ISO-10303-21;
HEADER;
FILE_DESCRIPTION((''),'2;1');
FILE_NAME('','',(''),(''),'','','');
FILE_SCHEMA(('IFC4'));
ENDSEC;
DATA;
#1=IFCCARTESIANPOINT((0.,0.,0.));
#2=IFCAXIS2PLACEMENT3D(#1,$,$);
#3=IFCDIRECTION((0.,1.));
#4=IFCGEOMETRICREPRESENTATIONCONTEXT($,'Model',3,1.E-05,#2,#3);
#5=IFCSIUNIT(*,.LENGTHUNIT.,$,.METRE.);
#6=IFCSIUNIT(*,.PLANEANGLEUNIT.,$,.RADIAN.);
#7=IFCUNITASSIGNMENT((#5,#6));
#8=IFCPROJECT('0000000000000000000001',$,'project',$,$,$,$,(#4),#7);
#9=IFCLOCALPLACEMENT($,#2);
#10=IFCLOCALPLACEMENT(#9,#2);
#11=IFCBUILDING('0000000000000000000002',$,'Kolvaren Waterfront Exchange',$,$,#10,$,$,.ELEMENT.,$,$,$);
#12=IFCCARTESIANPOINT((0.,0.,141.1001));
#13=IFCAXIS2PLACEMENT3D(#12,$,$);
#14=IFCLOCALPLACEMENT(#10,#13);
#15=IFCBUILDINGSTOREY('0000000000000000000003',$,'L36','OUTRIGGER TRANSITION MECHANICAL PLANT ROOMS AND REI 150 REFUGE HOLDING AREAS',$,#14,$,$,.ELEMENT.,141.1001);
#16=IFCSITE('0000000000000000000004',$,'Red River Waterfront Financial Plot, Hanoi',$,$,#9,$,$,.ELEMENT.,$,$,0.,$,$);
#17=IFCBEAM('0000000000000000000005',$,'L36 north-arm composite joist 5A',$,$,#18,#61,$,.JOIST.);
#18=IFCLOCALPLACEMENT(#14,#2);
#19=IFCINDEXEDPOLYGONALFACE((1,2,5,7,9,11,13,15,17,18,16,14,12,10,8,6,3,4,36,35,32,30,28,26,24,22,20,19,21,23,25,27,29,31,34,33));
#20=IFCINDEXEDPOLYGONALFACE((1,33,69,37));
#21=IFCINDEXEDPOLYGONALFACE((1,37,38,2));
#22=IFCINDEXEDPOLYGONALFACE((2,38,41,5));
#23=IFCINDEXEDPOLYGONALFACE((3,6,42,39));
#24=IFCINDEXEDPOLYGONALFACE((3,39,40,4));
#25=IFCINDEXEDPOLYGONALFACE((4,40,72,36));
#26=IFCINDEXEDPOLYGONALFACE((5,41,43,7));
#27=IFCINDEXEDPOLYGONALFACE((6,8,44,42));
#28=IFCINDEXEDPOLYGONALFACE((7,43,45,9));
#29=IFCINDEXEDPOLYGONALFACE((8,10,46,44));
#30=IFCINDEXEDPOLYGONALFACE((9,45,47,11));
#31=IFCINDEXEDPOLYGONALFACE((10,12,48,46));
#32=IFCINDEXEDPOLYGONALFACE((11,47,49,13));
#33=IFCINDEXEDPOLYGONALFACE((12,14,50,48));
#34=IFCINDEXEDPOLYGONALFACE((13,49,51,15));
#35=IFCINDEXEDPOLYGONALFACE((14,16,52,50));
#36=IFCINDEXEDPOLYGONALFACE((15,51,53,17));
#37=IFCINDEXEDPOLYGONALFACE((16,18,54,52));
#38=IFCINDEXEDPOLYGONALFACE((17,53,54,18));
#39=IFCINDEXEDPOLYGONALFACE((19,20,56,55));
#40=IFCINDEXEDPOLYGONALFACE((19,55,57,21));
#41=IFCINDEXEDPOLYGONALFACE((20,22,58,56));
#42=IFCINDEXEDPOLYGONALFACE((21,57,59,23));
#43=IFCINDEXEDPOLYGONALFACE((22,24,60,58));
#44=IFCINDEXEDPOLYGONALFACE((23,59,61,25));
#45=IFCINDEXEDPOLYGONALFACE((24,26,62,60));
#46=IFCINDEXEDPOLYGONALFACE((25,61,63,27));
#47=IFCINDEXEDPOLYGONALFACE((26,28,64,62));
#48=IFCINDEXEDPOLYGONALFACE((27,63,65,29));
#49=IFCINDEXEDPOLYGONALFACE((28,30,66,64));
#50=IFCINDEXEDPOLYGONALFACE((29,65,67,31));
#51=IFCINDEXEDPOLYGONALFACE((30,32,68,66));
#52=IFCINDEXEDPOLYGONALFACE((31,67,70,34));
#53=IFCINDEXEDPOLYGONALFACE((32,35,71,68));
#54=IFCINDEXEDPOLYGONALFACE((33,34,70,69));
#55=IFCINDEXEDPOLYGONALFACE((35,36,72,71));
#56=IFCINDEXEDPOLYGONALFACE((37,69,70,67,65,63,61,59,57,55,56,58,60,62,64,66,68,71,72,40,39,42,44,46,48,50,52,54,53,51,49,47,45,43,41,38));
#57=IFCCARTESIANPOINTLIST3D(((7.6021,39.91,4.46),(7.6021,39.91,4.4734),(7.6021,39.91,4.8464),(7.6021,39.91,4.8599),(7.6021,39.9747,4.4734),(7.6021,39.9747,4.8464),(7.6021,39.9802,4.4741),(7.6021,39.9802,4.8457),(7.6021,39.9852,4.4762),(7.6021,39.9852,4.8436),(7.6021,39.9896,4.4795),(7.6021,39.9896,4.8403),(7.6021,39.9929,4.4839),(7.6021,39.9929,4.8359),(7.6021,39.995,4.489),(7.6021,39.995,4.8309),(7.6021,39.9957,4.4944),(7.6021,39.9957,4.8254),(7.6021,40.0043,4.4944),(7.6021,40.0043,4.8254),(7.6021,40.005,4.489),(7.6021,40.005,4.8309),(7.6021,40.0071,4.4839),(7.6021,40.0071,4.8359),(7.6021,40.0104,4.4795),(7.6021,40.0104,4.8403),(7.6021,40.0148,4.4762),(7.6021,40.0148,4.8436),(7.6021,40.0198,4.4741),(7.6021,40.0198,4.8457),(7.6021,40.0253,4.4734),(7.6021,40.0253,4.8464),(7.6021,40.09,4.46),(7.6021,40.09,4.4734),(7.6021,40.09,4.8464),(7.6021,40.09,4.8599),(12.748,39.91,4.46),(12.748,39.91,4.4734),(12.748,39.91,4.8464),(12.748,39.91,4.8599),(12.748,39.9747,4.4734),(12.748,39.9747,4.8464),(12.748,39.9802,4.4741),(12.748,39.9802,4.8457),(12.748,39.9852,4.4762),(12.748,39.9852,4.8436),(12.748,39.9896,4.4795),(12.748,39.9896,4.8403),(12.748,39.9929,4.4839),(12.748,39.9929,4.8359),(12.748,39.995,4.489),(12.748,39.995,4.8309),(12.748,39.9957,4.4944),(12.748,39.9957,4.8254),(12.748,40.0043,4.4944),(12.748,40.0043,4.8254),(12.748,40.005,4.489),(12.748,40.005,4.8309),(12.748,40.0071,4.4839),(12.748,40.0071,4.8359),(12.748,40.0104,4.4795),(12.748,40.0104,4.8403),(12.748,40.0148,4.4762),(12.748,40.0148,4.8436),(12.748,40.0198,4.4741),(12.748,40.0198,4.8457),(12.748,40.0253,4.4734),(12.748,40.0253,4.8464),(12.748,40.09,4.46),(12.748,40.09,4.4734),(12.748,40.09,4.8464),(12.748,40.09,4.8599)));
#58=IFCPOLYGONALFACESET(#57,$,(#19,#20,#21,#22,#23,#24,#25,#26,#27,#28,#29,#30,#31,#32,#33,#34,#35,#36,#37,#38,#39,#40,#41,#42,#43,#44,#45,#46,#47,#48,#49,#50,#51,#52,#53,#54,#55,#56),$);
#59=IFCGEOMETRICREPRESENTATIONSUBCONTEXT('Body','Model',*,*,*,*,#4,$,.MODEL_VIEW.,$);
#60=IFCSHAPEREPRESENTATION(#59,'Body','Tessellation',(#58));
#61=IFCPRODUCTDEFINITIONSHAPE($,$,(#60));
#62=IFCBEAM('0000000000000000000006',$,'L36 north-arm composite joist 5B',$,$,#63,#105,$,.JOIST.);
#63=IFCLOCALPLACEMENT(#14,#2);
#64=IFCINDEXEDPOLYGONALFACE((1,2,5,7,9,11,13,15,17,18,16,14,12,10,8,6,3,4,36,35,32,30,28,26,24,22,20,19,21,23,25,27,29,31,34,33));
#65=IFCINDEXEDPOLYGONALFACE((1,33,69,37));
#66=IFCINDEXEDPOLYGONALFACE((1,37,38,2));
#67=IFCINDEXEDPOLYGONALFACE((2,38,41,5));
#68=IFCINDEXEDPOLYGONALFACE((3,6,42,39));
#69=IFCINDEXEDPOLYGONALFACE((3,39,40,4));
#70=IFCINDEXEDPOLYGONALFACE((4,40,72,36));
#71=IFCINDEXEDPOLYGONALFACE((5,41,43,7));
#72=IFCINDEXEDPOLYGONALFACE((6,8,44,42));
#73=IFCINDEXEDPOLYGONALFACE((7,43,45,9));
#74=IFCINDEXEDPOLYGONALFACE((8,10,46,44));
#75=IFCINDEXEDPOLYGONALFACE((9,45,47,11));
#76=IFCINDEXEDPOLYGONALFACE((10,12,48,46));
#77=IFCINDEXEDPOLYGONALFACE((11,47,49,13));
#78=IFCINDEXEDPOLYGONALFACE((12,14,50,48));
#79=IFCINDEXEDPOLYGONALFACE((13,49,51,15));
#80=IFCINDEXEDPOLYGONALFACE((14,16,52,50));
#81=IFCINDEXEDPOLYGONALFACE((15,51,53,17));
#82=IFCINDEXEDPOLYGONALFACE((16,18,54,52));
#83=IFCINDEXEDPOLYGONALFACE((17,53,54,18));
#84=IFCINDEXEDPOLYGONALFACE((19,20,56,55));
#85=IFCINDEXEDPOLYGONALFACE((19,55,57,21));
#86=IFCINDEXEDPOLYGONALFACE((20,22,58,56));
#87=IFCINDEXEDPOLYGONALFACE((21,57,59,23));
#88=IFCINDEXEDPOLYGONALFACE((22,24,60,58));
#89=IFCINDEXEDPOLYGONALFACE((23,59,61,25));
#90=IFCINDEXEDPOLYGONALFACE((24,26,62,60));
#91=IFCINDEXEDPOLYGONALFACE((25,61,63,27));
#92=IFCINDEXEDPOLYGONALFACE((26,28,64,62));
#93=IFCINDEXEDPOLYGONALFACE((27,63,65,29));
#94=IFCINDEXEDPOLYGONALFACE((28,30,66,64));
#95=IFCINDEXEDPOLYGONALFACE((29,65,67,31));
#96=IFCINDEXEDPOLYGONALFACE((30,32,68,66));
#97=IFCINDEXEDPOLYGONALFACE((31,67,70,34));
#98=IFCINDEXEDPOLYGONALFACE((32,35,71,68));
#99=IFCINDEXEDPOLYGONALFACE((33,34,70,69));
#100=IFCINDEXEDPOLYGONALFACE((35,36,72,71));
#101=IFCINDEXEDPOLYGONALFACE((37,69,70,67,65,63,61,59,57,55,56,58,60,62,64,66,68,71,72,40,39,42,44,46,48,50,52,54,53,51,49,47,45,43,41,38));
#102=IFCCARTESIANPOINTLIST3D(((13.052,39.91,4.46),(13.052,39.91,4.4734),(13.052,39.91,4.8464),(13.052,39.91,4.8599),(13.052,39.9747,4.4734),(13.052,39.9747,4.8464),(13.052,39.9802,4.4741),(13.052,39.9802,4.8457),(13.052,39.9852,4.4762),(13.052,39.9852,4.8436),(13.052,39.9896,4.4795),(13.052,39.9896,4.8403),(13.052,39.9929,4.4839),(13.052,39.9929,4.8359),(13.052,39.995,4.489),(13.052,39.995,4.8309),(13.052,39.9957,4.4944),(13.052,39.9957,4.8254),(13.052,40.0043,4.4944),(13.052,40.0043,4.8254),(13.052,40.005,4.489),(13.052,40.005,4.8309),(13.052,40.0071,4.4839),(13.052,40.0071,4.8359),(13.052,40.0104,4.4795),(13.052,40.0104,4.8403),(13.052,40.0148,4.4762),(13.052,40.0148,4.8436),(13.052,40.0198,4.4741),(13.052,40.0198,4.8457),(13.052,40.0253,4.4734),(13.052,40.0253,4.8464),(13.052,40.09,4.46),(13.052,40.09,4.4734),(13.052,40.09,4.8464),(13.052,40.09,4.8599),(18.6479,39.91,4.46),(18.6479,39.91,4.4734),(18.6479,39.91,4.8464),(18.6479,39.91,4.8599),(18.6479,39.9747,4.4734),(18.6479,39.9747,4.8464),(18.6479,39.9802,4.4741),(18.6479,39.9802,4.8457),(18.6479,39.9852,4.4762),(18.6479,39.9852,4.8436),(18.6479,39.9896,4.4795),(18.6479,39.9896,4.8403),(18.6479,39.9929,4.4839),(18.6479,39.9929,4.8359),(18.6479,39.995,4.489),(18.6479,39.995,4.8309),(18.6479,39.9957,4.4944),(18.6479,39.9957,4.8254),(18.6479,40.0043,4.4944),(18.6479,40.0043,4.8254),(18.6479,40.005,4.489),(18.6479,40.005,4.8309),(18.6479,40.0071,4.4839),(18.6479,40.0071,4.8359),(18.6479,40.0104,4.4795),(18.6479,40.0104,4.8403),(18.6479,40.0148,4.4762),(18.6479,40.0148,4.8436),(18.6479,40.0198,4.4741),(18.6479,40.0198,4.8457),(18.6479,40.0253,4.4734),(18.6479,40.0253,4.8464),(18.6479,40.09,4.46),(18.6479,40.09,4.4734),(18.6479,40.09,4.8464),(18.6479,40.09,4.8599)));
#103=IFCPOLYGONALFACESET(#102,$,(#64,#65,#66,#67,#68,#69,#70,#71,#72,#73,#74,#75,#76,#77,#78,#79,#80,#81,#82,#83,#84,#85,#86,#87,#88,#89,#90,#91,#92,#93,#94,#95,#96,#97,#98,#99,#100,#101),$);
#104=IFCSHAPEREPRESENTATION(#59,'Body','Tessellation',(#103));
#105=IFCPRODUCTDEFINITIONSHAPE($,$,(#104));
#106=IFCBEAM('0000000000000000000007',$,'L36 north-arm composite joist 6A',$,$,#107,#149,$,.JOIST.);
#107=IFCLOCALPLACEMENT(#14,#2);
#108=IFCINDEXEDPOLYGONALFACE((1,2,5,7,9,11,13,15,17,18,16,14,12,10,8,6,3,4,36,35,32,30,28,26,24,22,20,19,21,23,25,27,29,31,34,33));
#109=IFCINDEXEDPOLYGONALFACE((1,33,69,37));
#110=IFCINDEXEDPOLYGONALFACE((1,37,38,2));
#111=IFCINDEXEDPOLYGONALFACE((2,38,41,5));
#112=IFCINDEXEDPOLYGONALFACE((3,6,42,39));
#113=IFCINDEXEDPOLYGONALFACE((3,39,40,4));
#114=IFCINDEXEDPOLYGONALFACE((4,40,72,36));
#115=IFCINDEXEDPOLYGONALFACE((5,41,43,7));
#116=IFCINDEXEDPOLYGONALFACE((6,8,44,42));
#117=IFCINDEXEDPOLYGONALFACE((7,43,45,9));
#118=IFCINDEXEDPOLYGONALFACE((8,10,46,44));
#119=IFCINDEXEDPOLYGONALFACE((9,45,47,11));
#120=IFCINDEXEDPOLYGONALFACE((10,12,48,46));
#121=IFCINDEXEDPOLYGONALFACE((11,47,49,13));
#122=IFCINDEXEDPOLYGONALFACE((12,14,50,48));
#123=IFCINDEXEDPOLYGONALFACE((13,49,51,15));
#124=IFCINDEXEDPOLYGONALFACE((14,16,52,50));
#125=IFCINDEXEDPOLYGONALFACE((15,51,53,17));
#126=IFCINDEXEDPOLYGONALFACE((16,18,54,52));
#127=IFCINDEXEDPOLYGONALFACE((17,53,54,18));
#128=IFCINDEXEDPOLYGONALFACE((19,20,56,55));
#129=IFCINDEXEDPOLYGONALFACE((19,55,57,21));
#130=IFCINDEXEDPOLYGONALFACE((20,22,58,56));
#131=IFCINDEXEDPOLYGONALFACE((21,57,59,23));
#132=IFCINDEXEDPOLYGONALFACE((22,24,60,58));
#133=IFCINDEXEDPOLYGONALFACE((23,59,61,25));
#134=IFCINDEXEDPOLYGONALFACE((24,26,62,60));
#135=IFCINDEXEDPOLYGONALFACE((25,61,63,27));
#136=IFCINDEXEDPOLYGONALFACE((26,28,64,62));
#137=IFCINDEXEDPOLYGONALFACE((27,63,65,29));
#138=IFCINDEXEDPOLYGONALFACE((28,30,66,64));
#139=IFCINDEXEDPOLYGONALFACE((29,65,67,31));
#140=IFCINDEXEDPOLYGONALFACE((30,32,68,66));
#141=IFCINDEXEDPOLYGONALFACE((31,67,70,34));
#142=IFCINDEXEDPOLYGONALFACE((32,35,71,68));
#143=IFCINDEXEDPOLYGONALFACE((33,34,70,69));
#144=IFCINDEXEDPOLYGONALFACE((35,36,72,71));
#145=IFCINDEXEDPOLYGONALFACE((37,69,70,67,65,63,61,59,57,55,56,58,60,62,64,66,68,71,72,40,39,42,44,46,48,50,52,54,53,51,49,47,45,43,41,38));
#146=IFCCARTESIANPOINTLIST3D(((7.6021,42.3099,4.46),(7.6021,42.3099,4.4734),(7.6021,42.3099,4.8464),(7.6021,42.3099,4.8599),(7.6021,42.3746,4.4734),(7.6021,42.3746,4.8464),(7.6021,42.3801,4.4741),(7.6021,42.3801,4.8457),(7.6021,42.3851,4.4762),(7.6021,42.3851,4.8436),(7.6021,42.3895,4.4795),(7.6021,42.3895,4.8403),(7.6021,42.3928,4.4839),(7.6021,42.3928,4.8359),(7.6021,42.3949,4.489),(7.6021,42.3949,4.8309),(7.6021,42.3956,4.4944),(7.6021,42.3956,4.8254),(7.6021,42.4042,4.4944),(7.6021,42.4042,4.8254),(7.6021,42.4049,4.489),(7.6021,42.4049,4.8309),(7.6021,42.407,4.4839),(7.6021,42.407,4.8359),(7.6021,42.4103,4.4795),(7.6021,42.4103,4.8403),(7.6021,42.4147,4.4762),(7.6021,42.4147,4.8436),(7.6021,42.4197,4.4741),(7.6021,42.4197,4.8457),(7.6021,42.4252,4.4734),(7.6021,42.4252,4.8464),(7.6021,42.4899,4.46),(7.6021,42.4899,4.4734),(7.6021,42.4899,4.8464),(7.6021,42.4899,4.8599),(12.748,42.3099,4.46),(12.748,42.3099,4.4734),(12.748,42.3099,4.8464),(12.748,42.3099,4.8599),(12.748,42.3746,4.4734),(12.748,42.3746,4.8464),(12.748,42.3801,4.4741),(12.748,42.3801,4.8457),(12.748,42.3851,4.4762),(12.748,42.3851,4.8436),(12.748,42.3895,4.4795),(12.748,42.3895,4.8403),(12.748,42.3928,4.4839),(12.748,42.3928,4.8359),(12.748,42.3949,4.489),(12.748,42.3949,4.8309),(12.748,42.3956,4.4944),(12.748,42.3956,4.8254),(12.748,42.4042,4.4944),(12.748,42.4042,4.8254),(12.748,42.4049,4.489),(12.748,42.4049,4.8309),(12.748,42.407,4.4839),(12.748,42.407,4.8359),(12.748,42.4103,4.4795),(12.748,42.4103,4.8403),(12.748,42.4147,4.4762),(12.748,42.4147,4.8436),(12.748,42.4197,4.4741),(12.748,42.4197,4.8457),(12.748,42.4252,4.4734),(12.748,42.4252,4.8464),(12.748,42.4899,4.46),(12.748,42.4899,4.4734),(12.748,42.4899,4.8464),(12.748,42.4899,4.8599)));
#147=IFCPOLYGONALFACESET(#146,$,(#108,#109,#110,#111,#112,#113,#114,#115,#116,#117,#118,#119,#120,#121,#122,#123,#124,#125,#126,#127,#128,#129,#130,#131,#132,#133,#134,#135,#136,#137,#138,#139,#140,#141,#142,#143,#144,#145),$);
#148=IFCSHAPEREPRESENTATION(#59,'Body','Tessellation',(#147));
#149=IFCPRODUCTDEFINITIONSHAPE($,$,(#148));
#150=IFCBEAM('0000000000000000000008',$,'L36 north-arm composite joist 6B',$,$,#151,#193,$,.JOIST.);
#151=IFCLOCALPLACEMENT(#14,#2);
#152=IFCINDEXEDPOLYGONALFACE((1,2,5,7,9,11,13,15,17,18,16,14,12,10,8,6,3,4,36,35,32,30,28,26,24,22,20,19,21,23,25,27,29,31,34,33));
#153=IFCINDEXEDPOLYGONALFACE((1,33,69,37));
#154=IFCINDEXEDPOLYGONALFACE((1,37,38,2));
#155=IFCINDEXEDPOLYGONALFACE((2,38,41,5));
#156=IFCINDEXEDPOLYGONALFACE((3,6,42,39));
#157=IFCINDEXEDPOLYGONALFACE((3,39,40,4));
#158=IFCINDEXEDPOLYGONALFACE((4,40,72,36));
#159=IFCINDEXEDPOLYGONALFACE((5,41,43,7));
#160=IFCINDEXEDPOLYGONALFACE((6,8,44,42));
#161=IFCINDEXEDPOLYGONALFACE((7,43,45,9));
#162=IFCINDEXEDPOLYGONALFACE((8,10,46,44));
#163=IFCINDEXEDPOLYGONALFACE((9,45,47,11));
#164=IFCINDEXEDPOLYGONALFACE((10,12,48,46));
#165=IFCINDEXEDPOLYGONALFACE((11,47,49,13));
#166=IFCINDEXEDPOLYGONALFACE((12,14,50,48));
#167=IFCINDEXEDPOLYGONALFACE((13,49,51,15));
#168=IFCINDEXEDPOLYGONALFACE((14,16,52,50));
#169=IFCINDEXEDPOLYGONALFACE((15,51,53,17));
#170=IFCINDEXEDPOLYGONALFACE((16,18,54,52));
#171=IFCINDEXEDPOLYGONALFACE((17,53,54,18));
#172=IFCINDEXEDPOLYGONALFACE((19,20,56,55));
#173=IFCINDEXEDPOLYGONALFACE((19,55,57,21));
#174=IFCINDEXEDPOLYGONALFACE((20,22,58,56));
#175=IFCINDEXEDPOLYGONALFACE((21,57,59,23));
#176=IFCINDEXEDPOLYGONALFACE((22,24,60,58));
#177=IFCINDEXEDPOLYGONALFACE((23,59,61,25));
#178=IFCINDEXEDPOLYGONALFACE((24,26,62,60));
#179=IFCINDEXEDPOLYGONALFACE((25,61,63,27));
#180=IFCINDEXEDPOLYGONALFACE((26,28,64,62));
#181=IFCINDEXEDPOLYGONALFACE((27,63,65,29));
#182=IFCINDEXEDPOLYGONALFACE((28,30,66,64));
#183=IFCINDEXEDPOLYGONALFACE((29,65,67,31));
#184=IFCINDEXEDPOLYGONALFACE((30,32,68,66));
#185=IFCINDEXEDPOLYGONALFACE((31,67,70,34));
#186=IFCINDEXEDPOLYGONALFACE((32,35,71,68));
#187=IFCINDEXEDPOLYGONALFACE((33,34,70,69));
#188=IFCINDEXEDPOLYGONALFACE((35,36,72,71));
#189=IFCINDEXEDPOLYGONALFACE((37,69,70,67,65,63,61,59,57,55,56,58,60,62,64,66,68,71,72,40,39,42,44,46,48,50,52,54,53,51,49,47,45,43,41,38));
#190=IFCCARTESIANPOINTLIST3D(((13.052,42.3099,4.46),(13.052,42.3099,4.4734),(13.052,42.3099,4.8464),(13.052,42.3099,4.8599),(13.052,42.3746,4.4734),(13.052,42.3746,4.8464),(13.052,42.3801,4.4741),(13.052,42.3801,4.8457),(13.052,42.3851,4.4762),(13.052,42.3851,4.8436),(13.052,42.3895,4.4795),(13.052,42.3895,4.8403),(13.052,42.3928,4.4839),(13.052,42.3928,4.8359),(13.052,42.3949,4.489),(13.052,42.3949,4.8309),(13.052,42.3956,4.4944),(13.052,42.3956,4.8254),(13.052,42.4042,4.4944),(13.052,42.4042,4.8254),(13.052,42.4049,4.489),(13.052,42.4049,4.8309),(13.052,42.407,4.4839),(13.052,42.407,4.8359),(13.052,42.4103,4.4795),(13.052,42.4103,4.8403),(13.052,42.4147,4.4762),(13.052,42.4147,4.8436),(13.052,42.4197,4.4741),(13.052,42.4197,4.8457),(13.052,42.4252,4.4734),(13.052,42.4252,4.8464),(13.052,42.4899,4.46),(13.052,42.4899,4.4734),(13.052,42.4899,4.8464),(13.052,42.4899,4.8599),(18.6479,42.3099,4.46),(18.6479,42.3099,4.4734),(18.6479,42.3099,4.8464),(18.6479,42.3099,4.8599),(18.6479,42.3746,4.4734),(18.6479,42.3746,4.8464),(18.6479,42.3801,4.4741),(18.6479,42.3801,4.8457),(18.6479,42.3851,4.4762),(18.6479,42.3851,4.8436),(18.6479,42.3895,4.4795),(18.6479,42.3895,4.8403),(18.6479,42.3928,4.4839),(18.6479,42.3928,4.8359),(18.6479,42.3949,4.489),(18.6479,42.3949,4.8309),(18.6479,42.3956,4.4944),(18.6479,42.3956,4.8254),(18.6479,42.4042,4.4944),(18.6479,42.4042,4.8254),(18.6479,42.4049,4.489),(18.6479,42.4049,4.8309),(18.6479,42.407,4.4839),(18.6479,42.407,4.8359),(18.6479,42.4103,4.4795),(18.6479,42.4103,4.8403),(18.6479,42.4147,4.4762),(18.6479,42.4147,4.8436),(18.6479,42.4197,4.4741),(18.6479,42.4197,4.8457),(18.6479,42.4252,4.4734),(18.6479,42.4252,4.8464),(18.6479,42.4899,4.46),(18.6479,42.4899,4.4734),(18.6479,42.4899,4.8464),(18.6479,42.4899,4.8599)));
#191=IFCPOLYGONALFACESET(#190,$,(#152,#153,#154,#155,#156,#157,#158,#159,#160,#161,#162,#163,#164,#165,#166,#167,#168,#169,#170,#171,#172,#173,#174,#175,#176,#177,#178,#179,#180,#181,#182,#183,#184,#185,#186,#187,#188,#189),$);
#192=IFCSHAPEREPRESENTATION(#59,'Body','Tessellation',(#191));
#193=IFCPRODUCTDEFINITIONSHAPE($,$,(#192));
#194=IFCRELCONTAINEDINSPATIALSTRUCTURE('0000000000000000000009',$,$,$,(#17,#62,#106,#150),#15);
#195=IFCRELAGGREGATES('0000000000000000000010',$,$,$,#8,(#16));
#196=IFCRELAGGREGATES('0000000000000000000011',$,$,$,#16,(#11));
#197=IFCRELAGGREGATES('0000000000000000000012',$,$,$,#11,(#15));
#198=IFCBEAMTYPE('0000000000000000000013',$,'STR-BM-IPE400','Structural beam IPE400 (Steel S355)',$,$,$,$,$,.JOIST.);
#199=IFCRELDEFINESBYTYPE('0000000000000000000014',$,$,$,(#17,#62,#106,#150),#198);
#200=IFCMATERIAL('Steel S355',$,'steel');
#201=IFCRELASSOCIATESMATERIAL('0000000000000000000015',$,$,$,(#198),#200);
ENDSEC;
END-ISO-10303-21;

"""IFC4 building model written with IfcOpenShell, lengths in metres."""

from ifc_helpers import new_model, si_unit, direction, frame, origin, origin_2d, place, context, subcontext, project, spatial, i_section, extrude, material, material_profile, profile_set, type_object, element, save


model = new_model("IFC4")

# Units and contexts
model_context = context("Model", 3, precision=1e-05, world=origin(), true_north=direction((0.0, 1.0)))
body_context = subcontext(model_context, "Body", "Model", "MODEL_VIEW")
ifc_project = project(units=[si_unit("LENGTHUNIT", "METRE"), si_unit("PLANEANGLEUNIT", "RADIAN")], contexts=[model_context])

# Site, building, storey
site_placement = place(None, origin())
site = spatial("IfcSite", under=ifc_project, at=site_placement, Name="Red River Waterfront Financial Plot, Hanoi", CompositionType="ELEMENT", RefElevation=0.0)
building_placement = place(site_placement, origin())
building = spatial("IfcBuilding", under=site, at=building_placement, Name="Kolvaren Waterfront Exchange", CompositionType="ELEMENT")
storey_placement = place(building_placement, frame((0.0, 0.0, 141.1001)))
storey = spatial("IfcBuildingStorey", under=building, at=storey_placement, Name="L36", Description="OUTRIGGER TRANSITION MECHANICAL PLANT ROOMS AND REI 150 REFUGE HOLDING AREAS", CompositionType="ELEMENT", Elevation=141.1001)

# Beams
ifc_material_1 = material(Name="Steel S355", Category="steel")
ifc_material_profile_1 = material_profile(ifc_material_1, i_section(OverallWidth=0.1799, OverallDepth=0.3999, WebThickness=0.0085, FlangeThickness=0.0134, FilletRadius=0.021, at=origin_2d()), Name="IPE400")
ifc_profile_set_1 = profile_set([ifc_material_profile_1], Name="Steel S355")
beam_type_1 = type_object("IfcBeamType", Name="STR-BM-IPE400", Description="Structural beam IPE400 (Steel S355)", PredefinedType="JOIST", material=ifc_profile_set_1)
beam_1_placement = place(storey_placement, frame((7.6021, 40.0, 4.6599), z_axis=(1.0, 0.0, 0.0), x_axis=(0.0, 1.0, 0.0)))
element("IfcBeam", 1, at=beam_1_placement, inside=storey, type_object=beam_type_1, Name="L36 north-arm composite joist 5A", PredefinedType="JOIST", context=body_context, shape_type="SweptSolid", body=[
    extrude(i_section(OverallWidth=0.1799, OverallDepth=0.3999, WebThickness=0.0085, FlangeThickness=0.0134, FilletRadius=0.021, at=origin_2d()), origin(), (0.0, 0.0, 1.0), 5.146),
])
beam_2_placement = place(storey_placement, frame((13.052, 40.0, 4.6599), z_axis=(1.0, 0.0, 0.0), x_axis=(0.0, 1.0, 0.0)))
element("IfcBeam", 2, at=beam_2_placement, inside=storey, type_object=beam_type_1, Name="L36 north-arm composite joist 5B", PredefinedType="JOIST", context=body_context, shape_type="SweptSolid", body=[
    extrude(i_section(OverallWidth=0.1799, OverallDepth=0.3999, WebThickness=0.0085, FlangeThickness=0.0134, FilletRadius=0.021, at=origin_2d()), origin(), (0.0, 0.0, 1.0), 5.5959),
])
beam_3_placement = place(storey_placement, frame((7.6021, 42.3999, 4.6599), z_axis=(1.0, 0.0, 0.0), x_axis=(0.0, 1.0, 0.0)))
element("IfcBeam", 3, at=beam_3_placement, inside=storey, type_object=beam_type_1, Name="L36 north-arm composite joist 6A", PredefinedType="JOIST", context=body_context, shape_type="SweptSolid", body=[
    extrude(i_section(OverallWidth=0.1799, OverallDepth=0.3999, WebThickness=0.0085, FlangeThickness=0.0134, FilletRadius=0.021, at=origin_2d()), origin(), (0.0, 0.0, 1.0), 5.146),
])
beam_4_placement = place(storey_placement, frame((13.052, 42.3999, 4.6599), z_axis=(1.0, 0.0, 0.0), x_axis=(0.0, 1.0, 0.0)))
element("IfcBeam", 4, at=beam_4_placement, inside=storey, type_object=beam_type_1, Name="L36 north-arm composite joist 6B", PredefinedType="JOIST", context=body_context, shape_type="SweptSolid", body=[
    extrude(i_section(OverallWidth=0.1799, OverallDepth=0.3999, WebThickness=0.0085, FlangeThickness=0.0134, FilletRadius=0.021, at=origin_2d()), origin(), (0.0, 0.0, 1.0), 5.5959),
])

save(model, "model.ifc")
